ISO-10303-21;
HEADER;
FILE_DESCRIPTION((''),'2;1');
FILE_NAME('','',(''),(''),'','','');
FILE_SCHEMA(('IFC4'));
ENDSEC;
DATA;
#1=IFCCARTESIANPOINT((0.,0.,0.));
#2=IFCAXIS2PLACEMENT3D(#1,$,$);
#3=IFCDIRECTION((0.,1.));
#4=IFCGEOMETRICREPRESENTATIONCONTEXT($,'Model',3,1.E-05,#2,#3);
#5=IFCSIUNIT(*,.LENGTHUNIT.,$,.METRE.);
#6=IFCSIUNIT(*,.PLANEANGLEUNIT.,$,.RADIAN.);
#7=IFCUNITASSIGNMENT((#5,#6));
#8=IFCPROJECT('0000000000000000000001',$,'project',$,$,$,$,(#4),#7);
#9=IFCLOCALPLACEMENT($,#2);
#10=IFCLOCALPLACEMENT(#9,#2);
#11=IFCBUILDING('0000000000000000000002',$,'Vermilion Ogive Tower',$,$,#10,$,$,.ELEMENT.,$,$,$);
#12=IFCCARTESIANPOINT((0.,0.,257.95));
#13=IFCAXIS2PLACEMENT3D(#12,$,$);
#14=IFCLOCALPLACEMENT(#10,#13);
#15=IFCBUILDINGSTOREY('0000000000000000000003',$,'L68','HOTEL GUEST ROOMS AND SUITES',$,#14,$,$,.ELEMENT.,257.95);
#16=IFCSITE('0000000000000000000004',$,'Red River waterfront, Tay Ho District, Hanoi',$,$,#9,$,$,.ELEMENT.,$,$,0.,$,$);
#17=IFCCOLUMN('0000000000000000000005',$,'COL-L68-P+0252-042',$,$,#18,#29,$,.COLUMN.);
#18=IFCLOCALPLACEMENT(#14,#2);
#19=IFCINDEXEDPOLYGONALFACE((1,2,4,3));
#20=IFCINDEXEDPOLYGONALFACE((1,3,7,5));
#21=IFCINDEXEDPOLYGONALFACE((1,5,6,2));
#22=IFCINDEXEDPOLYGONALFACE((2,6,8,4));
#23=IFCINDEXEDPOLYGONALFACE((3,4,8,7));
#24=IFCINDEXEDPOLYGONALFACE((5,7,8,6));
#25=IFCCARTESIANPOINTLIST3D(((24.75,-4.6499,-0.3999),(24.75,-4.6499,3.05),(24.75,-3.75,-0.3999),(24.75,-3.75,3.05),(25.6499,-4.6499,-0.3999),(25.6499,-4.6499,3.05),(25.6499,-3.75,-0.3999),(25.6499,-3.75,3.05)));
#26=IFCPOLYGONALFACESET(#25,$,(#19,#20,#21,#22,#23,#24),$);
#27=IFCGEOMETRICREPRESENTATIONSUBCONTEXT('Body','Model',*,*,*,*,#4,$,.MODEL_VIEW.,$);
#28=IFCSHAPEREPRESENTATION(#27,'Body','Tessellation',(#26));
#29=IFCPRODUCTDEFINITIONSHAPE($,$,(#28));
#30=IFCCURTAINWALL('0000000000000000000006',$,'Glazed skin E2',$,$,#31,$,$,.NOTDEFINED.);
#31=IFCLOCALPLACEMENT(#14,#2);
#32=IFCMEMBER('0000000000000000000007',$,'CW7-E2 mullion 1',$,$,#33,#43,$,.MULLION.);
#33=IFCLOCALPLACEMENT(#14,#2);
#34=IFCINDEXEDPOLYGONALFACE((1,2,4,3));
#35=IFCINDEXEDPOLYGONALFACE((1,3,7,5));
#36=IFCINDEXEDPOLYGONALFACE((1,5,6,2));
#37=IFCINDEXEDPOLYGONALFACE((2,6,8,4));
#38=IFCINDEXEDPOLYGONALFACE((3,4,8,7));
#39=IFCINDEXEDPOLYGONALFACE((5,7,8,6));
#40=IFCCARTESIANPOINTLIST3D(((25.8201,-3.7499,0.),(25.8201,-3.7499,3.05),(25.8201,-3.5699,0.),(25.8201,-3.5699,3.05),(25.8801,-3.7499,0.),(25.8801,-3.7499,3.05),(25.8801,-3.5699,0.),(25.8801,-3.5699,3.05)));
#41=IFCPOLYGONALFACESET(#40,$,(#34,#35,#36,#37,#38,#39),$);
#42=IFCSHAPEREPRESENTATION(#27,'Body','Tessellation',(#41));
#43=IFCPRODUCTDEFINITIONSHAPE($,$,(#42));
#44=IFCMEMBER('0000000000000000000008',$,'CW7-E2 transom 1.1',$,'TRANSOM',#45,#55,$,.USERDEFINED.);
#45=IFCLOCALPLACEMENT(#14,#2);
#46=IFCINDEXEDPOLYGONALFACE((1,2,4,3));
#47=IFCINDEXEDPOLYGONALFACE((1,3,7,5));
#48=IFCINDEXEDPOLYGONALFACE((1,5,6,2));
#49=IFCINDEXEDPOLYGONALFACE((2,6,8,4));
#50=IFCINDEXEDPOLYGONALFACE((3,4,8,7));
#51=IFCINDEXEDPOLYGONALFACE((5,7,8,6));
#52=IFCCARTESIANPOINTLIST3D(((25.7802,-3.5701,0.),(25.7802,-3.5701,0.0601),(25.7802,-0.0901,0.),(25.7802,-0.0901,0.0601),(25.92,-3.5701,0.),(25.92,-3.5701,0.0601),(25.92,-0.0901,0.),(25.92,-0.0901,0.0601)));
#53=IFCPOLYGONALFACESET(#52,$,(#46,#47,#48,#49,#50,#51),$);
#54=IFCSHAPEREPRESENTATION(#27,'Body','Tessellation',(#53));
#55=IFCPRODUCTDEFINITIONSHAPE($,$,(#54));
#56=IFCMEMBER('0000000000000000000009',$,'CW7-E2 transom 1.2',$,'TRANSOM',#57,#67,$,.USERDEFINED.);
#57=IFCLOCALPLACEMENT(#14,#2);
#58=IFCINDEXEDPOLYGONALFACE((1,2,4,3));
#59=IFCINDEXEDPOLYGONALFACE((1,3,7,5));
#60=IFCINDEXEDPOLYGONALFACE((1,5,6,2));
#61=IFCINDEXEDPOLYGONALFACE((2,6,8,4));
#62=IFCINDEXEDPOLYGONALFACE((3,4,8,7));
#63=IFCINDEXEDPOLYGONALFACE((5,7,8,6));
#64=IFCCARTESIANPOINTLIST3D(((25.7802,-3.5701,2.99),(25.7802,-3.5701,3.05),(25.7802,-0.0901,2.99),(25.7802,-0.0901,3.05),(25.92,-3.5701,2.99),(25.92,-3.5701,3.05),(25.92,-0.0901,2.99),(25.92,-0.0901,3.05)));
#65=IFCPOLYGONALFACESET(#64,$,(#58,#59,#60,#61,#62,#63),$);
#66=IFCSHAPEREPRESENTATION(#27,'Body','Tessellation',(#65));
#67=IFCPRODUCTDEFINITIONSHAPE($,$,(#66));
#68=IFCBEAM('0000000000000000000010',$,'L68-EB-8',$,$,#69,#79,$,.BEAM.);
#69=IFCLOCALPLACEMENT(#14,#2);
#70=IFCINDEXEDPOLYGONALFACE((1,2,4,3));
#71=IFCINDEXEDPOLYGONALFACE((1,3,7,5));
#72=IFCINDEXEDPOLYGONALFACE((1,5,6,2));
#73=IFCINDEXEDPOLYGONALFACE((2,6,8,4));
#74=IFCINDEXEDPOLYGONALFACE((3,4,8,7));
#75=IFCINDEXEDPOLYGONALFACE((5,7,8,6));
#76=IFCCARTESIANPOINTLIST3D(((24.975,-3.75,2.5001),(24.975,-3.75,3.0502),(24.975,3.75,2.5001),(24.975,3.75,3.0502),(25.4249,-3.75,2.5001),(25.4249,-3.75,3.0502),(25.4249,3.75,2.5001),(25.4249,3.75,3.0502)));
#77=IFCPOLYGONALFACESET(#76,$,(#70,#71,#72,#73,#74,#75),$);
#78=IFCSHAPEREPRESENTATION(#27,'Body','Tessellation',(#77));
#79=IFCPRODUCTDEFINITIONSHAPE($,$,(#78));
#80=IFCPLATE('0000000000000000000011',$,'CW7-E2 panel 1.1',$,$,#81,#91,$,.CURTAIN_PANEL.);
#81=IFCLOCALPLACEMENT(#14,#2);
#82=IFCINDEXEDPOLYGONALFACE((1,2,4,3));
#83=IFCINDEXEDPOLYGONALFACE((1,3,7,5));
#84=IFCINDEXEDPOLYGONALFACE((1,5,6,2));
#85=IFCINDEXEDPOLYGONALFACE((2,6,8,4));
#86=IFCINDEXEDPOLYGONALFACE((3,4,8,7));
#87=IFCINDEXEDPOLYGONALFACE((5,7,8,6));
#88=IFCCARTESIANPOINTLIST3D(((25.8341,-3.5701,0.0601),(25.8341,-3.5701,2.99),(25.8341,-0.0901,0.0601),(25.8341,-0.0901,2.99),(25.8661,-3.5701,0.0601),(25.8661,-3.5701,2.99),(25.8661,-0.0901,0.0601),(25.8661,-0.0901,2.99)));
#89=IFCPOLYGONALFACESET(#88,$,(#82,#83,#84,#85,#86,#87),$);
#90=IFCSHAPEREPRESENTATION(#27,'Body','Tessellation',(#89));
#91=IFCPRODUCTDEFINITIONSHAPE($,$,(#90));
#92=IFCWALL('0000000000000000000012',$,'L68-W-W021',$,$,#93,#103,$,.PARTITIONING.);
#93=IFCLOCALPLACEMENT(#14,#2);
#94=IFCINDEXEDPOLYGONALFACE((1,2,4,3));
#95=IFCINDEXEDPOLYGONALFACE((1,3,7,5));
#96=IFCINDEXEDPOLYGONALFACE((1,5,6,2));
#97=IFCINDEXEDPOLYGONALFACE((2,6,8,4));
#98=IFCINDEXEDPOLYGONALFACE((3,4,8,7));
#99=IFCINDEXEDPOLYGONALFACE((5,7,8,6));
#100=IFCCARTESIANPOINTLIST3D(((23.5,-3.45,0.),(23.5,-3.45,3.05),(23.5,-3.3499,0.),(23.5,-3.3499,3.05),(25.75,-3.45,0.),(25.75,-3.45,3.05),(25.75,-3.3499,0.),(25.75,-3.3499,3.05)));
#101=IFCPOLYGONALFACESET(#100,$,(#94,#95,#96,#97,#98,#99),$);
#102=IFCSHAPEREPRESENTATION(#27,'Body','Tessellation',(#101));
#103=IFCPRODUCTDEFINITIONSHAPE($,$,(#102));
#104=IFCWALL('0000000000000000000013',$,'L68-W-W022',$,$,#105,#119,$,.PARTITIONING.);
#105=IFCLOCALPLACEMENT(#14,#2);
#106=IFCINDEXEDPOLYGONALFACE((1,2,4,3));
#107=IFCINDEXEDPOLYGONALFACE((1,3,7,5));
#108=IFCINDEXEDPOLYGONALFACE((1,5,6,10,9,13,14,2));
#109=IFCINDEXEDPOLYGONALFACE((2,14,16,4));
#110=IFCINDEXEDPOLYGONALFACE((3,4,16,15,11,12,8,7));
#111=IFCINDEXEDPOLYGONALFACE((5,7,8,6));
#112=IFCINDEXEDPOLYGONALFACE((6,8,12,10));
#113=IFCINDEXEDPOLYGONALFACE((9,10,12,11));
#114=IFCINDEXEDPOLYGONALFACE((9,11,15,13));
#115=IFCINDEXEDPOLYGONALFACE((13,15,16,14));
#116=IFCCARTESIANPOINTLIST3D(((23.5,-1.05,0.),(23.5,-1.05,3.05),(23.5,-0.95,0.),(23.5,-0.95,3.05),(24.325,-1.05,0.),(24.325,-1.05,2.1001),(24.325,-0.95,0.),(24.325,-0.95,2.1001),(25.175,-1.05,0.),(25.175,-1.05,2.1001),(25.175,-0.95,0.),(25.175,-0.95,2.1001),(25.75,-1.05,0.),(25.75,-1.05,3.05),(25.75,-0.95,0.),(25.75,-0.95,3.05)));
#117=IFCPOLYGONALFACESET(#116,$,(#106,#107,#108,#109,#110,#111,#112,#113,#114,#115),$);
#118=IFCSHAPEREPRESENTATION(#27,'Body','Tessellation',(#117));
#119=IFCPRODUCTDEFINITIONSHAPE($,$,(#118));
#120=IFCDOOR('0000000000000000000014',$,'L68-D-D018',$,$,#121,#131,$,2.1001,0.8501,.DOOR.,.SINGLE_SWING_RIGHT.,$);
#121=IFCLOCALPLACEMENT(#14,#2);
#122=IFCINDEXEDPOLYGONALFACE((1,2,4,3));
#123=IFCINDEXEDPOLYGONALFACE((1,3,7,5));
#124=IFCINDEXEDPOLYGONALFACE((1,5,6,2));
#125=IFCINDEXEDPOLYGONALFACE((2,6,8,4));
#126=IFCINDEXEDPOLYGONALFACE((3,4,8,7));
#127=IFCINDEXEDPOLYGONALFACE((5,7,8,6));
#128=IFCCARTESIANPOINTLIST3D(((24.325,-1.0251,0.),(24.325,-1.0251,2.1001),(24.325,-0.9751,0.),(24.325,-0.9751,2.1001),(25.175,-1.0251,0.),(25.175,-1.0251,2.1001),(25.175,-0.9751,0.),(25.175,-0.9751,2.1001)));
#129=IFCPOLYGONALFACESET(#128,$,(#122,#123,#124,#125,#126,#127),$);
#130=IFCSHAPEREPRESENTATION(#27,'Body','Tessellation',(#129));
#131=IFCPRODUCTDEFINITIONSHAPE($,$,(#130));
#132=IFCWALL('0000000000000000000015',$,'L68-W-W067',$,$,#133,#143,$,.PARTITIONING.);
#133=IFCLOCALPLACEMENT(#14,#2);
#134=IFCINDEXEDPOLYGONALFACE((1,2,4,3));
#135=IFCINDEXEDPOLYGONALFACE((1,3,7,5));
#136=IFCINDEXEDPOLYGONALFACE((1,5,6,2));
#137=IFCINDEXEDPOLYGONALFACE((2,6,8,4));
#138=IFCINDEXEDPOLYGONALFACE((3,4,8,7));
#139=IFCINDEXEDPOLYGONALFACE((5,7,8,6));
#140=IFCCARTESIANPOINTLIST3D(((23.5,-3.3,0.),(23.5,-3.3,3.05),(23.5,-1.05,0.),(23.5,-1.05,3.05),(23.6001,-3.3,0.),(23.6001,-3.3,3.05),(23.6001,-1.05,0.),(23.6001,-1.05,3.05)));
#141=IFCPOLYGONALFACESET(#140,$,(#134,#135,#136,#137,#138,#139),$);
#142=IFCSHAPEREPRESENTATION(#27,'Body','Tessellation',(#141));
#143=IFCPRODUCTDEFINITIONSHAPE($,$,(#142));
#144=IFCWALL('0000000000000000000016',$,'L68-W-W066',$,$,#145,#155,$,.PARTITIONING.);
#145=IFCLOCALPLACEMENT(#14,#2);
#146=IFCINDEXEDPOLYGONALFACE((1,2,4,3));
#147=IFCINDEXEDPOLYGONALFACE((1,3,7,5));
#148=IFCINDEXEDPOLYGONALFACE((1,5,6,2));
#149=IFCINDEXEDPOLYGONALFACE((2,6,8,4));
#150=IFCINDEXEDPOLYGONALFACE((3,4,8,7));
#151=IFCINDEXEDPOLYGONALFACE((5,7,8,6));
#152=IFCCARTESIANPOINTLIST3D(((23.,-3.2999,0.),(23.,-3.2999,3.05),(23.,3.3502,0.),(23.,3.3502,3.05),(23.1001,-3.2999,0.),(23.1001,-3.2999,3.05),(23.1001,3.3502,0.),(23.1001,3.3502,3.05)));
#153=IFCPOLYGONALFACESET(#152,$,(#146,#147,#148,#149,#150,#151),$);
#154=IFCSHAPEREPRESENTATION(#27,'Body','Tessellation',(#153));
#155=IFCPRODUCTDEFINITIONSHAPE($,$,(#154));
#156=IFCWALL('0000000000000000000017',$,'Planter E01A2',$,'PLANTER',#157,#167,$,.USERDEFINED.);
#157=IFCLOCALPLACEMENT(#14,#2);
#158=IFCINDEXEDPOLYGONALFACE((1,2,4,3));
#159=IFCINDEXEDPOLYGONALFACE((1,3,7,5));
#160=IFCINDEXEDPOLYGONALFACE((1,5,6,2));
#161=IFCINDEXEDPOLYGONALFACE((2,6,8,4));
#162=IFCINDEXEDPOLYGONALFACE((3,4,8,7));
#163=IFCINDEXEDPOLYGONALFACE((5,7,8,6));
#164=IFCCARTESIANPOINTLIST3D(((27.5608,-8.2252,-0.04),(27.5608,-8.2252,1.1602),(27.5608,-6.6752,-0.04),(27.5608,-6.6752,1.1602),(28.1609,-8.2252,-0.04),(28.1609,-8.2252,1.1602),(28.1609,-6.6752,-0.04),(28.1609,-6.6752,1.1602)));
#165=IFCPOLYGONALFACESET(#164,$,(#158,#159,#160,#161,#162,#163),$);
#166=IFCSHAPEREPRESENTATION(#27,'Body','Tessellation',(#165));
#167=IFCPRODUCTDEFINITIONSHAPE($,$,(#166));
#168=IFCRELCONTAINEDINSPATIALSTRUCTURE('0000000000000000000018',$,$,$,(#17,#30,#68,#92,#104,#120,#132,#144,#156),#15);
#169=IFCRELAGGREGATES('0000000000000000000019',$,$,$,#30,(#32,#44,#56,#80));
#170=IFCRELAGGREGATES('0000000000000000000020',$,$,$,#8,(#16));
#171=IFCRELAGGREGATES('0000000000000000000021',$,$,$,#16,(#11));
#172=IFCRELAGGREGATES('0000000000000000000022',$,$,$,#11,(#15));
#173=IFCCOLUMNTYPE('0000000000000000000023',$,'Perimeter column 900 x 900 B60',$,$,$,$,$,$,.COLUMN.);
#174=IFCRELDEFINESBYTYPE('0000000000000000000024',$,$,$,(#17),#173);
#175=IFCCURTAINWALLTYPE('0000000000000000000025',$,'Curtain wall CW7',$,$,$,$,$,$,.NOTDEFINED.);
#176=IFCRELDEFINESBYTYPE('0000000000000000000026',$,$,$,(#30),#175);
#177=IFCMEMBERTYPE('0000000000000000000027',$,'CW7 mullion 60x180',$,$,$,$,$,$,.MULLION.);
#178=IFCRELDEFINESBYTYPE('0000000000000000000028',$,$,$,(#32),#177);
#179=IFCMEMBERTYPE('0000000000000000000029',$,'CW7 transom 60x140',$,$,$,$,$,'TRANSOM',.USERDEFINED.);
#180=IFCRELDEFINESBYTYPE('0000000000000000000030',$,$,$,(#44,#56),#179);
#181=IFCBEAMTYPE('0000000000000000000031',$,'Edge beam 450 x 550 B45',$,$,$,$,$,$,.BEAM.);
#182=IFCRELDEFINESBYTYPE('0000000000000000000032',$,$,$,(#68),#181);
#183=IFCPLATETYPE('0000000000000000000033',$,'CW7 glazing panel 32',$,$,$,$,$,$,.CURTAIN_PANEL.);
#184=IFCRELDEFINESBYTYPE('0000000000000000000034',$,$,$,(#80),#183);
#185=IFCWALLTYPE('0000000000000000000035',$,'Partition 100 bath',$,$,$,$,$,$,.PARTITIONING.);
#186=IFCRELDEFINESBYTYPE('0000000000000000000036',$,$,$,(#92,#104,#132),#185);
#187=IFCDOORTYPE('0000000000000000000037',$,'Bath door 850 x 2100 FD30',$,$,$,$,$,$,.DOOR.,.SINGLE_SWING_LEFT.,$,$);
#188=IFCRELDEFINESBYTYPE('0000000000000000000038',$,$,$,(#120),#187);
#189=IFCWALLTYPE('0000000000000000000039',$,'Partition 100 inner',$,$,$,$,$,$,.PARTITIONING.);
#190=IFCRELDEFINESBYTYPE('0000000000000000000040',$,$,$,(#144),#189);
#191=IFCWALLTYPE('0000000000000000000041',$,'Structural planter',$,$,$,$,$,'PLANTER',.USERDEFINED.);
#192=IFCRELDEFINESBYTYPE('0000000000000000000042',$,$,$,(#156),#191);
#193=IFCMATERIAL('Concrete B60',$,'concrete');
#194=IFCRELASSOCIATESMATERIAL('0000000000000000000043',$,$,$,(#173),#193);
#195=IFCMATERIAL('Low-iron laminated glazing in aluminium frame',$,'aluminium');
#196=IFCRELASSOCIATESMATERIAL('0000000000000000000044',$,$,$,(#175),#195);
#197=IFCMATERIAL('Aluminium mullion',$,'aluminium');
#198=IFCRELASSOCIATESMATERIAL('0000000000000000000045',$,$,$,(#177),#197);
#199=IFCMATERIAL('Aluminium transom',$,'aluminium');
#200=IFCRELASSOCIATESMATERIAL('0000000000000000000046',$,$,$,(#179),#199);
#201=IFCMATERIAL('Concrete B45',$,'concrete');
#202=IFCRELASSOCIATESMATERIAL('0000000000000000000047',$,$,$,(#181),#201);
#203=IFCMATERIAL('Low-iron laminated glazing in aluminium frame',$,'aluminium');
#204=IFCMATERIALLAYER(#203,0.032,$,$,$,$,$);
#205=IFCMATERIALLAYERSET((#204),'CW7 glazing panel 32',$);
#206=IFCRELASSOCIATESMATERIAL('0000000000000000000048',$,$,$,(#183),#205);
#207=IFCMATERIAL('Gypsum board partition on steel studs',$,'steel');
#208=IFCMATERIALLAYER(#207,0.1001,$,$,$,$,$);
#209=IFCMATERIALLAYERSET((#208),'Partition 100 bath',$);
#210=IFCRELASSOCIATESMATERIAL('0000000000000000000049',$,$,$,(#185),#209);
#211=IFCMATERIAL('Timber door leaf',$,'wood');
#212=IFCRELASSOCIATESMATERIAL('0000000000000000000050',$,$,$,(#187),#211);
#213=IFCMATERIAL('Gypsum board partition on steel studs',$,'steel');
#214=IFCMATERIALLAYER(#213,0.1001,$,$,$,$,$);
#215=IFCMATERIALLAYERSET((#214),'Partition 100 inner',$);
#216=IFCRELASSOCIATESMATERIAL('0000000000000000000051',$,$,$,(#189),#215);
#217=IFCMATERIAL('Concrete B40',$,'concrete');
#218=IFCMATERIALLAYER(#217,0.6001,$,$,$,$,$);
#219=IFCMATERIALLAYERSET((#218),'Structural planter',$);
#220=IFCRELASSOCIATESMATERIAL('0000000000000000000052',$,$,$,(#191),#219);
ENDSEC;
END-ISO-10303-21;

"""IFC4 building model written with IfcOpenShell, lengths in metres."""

from ifc_helpers import new_model, si_unit, direction, frame, frame_2d, origin, origin_2d, place, context, subcontext, project, spatial, rectangle, extrude, material, layer, layer_set, material_profile, profile_set, type_object, element, fill, aggregate, save


model = new_model("IFC4")

# Units and contexts
model_context = context("Model", 3, precision=1e-05, world=origin(), true_north=direction((0.0, 1.0)))
body_context = subcontext(model_context, "Body", "Model", "MODEL_VIEW")
ifc_project = project(units=[si_unit("LENGTHUNIT", "METRE"), si_unit("PLANEANGLEUNIT", "RADIAN")], contexts=[model_context])

# Site, building, storey
site_placement = place(None, origin())
site = spatial("IfcSite", under=ifc_project, at=site_placement, Name="Red River waterfront, Tay Ho District, Hanoi", CompositionType="ELEMENT", RefElevation=0.0)
building_placement = place(site_placement, origin())
building = spatial("IfcBuilding", under=site, at=building_placement, Name="Vermilion Ogive Tower", CompositionType="ELEMENT")
storey_placement = place(building_placement, frame((0.0, 0.0, 257.95)))
storey = spatial("IfcBuildingStorey", under=building, at=storey_placement, Name="L68", Description="HOTEL GUEST ROOMS AND SUITES", CompositionType="ELEMENT", Elevation=257.95)

# Column
ifc_material_1 = material(Name="Concrete B60", Category="concrete")
ifc_material_profile_1 = material_profile(ifc_material_1, rectangle(XDim=0.8999, YDim=0.8999, at=origin_2d()), Name="900 x 900")
ifc_profile_set_1 = profile_set([ifc_material_profile_1], Name="Concrete B60")
column_type = type_object("IfcColumnType", Name="Perimeter column 900 x 900 B60", PredefinedType="COLUMN", material=ifc_profile_set_1)
column_placement = place(storey_placement, frame((25.2, -4.2, -0.3999), z_axis=(0.0, 0.0, 1.0), x_axis=(1.0, 0.0, 0.0)))
element("IfcColumn", 1, at=column_placement, inside=storey, type_object=column_type, Name="COL-L68-P+0252-042", PredefinedType="COLUMN", context=body_context, shape_type="SweptSolid", body=[
    extrude(rectangle(XDim=0.8999, YDim=0.8999, at=origin_2d()), origin(), (0.0, 0.0, 1.0), 3.45),
])

# Curtain wall, members
ifc_material_2 = material(Name="Low-iron laminated glazing in aluminium frame", Category="aluminium")
curtain_wall_type = type_object("IfcCurtainWallType", Name="Curtain wall CW7", PredefinedType="NOTDEFINED", material=ifc_material_2)
curtain_wall_placement = place(storey_placement, origin())
curtain_wall = element("IfcCurtainWall", 2, at=curtain_wall_placement, inside=storey, type_object=curtain_wall_type, Name="Glazed skin E2", PredefinedType="NOTDEFINED")
ifc_material_3 = material(Name="Aluminium mullion", Category="aluminium")
ifc_material_profile_2 = material_profile(ifc_material_3, rectangle(XDim=0.0601, YDim=0.1799, at=origin_2d()), Name="AL 60x180")
ifc_profile_set_2 = profile_set([ifc_material_profile_2], Name="Aluminium mullion")
member_type_1 = type_object("IfcMemberType", Name="CW7 mullion 60x180", PredefinedType="MULLION", material=ifc_profile_set_2)
member_1_placement = place(storey_placement, frame((25.8501, -3.6599, 0.0), z_axis=(0.0, 0.0, 1.0), x_axis=(-1.0, 0.0, 0.0)))
member_1 = element("IfcMember", 3, at=member_1_placement, type_object=member_type_1, Name="CW7-E2 mullion 1", PredefinedType="MULLION", context=body_context, shape_type="SweptSolid", body=[
    extrude(rectangle(XDim=0.0601, YDim=0.1799, at=origin_2d()), origin(), (0.0, 0.0, 1.0), 3.05),
])
ifc_material_4 = material(Name="Aluminium transom", Category="aluminium")
ifc_material_profile_3 = material_profile(ifc_material_4, rectangle(XDim=0.1399, YDim=0.0601, at=origin_2d()), Name="AL 60x140")
ifc_profile_set_3 = profile_set([ifc_material_profile_3], Name="Aluminium transom")
member_type_2 = type_object("IfcMemberType", Name="CW7 transom 60x140", ElementType="TRANSOM", PredefinedType="USERDEFINED", material=ifc_profile_set_3)
member_2_placement = place(storey_placement, frame((25.8501, -3.5701, 0.03), z_axis=(0.0, 1.0, 0.0), x_axis=(-1.0, 0.0, 0.0)))
member_2 = element("IfcMember", 4, at=member_2_placement, type_object=member_type_2, Name="CW7-E2 transom 1.1", ObjectType="TRANSOM", PredefinedType="USERDEFINED", context=body_context, shape_type="SweptSolid", body=[
    extrude(rectangle(XDim=0.1399, YDim=0.0601, at=origin_2d()), origin(), (0.0, 0.0, 1.0), 3.48),
])
member_3_placement = place(storey_placement, frame((25.8501, -3.5701, 3.02), z_axis=(0.0, 1.0, 0.0), x_axis=(-1.0, 0.0, 0.0)))
member_3 = element("IfcMember", 5, at=member_3_placement, type_object=member_type_2, Name="CW7-E2 transom 1.2", ObjectType="TRANSOM", PredefinedType="USERDEFINED", context=body_context, shape_type="SweptSolid", body=[
    extrude(rectangle(XDim=0.1399, YDim=0.0601, at=origin_2d()), origin(), (0.0, 0.0, 1.0), 3.48),
])

# Beam
ifc_material_5 = material(Name="Concrete B45", Category="concrete")
ifc_material_profile_4 = material_profile(ifc_material_5, rectangle(XDim=0.45, YDim=0.55, at=origin_2d()), Name="450 x 550")
ifc_profile_set_4 = profile_set([ifc_material_profile_4], Name="Concrete B45")
beam_type = type_object("IfcBeamType", Name="Edge beam 450 x 550 B45", PredefinedType="BEAM", material=ifc_profile_set_4)
beam_placement = place(storey_placement, frame((25.2, -3.75, 2.7751), z_axis=(0.0, 1.0, 0.0), x_axis=(-1.0, 0.0, 0.0)))
element("IfcBeam", 6, at=beam_placement, inside=storey, type_object=beam_type, Name="L68-EB-8", PredefinedType="BEAM", context=body_context, shape_type="SweptSolid", body=[
    extrude(rectangle(XDim=0.45, YDim=0.55, at=origin_2d()), origin(), (0.0, 0.0, 1.0), 7.5),
])

# Plate
ifc_material_6 = material(Name="Low-iron laminated glazing in aluminium frame", Category="aluminium")
ifc_layer_1 = layer(ifc_material_6, 0.032)
ifc_layer_set_1 = layer_set([ifc_layer_1], Name="CW7 glazing panel 32")
plate_type = type_object("IfcPlateType", Name="CW7 glazing panel 32", PredefinedType="CURTAIN_PANEL", material=ifc_layer_set_1)
plate_placement = place(storey_placement, frame((25.8501, -1.8301, 0.0601), z_axis=(0.0, 0.0, 1.0), x_axis=(0.0, 1.0, 0.0)))
plate = element("IfcPlate", 7, at=plate_placement, type_object=plate_type, Name="CW7-E2 panel 1.1", PredefinedType="CURTAIN_PANEL", context=body_context, shape_type="SweptSolid", body=[
    extrude(rectangle(XDim=3.48, YDim=0.032, at=origin_2d()), origin(), (0.0, 0.0, 1.0), 2.9299),
])
aggregate(curtain_wall, [member_1, member_2, member_3, plate])

# Wall
ifc_material_7 = material(Name="Gypsum board partition on steel studs", Category="steel")
ifc_layer_2 = layer(ifc_material_7, 0.1001)
ifc_layer_set_2 = layer_set([ifc_layer_2], Name="Partition 100 bath")
wall_type_1 = type_object("IfcWallType", Name="Partition 100 bath", PredefinedType="PARTITIONING", material=ifc_layer_set_2)
wall_1_placement = place(storey_placement, frame((23.5, -3.3999, 0.0), z_axis=(0.0, 0.0, 1.0), x_axis=(1.0, 0.0, 0.0)))
element("IfcWall", 8, at=wall_1_placement, inside=storey, type_object=wall_type_1, Name="L68-W-W021", PredefinedType="PARTITIONING", context=body_context, shape_type="SweptSolid", body=[
    extrude(rectangle(XDim=2.25, YDim=0.1001, at=frame_2d((1.125, 0.0))), origin(), (0.0, 0.0, 1.0), 3.05),
])

# Wall, opening, door
wall_2_placement = place(storey_placement, frame((23.5, -1.0, 0.0), z_axis=(0.0, 0.0, 1.0), x_axis=(1.0, 0.0, 0.0)))
wall_2 = element("IfcWall", 9, at=wall_2_placement, inside=storey, type_object=wall_type_1, Name="L68-W-W022", PredefinedType="PARTITIONING", context=body_context, shape_type="SweptSolid", body=[
    extrude(rectangle(XDim=2.25, YDim=0.1001, at=frame_2d((1.125, 0.0))), origin(), (0.0, 0.0, 1.0), 3.05),
])
opening_1_placement = place(wall_2_placement, frame((0.825, 0.0, 0.0)))
opening_1 = element("IfcOpeningElement", 10, at=opening_1_placement, cuts=wall_2, PredefinedType="OPENING", context=body_context, shape_type="SweptSolid", body=[
    extrude(rectangle(XDim=0.8501, YDim=2.1001, at=frame_2d((0.425, 1.05))), frame((0.0, 0.0601, 0.0), z_axis=(0.0, -1.0, 0.0), x_axis=(1.0, 0.0, 0.0)), (0.0, 0.0, 1.0), 0.1201),
])
ifc_material_8 = material(Name="Timber door leaf", Category="wood")
door_type_1 = type_object("IfcDoorType", Name="Bath door 850 x 2100 FD30", OperationType="SINGLE_SWING_LEFT", PredefinedType="DOOR", material=ifc_material_8)
door_1_placement = place(opening_1_placement, origin())
door_1 = element("IfcDoor", 11, at=door_1_placement, inside=storey, type_object=door_type_1, Name="L68-D-D018", OperationType="SINGLE_SWING_RIGHT", OverallHeight=2.1001, OverallWidth=0.8501, PredefinedType="DOOR", context=body_context, shape_type="SweptSolid", body=[
    extrude(rectangle(XDim=0.8501, YDim=2.1001, at=frame_2d((0.425, 1.05))), frame((0.0, 0.0249, 0.0), z_axis=(0.0, -1.0, 0.0), x_axis=(1.0, 0.0, 0.0)), (0.0, 0.0, 1.0), 0.05),
])
fill(opening_1, door_1)

# Walls
wall_3_placement = place(storey_placement, frame((23.55, -3.3, 0.0), z_axis=(0.0, 0.0, 1.0), x_axis=(0.0, 1.0, 0.0)))
element("IfcWall", 12, at=wall_3_placement, inside=storey, type_object=wall_type_1, Name="L68-W-W067", PredefinedType="PARTITIONING", context=body_context, shape_type="SweptSolid", body=[
    extrude(rectangle(XDim=2.25, YDim=0.1001, at=frame_2d((1.125, 0.0))), origin(), (0.0, 0.0, 1.0), 3.05),
])
ifc_material_9 = material(Name="Gypsum board partition on steel studs", Category="steel")
ifc_layer_3 = layer(ifc_material_9, 0.1001)
ifc_layer_set_3 = layer_set([ifc_layer_3], Name="Partition 100 inner")
wall_type_2 = type_object("IfcWallType", Name="Partition 100 inner", PredefinedType="PARTITIONING", material=ifc_layer_set_3)
wall_4_placement = place(storey_placement, frame((23.05, -3.3, 0.0), z_axis=(0.0, 0.0, 1.0), x_axis=(0.0, 1.0, 0.0)))
element("IfcWall", 13, at=wall_4_placement, inside=storey, type_object=wall_type_2, Name="L68-W-W066", PredefinedType="PARTITIONING", context=body_context, shape_type="SweptSolid", body=[
    extrude(rectangle(XDim=6.6501, YDim=0.1001, at=frame_2d((3.3252, 0.0))), origin(), (0.0, 0.0, 1.0), 3.05),
])
ifc_material_10 = material(Name="Concrete B40", Category="concrete")
ifc_layer_4 = layer(ifc_material_10, 0.6001)
ifc_layer_set_4 = layer_set([ifc_layer_4], Name="Structural planter")
wall_type_3 = type_object("IfcWallType", Name="Structural planter", ElementType="PLANTER", PredefinedType="USERDEFINED", material=ifc_layer_set_4)
wall_5_placement = place(storey_placement, frame((27.8608, -8.2251, -0.04), z_axis=(0.0, 0.0, 1.0), x_axis=(0.0, 1.0, 0.0)))
element("IfcWall", 14, at=wall_5_placement, inside=storey, type_object=wall_type_3, Name="Planter E01A2", ObjectType="PLANTER", PredefinedType="USERDEFINED", context=body_context, shape_type="SweptSolid", body=[
    extrude(rectangle(XDim=1.55, YDim=0.6001, at=frame_2d((0.7749, 0.0))), origin(), (0.0, 0.0, 1.0), 1.2002),
])

save(model, "model.ifc")
